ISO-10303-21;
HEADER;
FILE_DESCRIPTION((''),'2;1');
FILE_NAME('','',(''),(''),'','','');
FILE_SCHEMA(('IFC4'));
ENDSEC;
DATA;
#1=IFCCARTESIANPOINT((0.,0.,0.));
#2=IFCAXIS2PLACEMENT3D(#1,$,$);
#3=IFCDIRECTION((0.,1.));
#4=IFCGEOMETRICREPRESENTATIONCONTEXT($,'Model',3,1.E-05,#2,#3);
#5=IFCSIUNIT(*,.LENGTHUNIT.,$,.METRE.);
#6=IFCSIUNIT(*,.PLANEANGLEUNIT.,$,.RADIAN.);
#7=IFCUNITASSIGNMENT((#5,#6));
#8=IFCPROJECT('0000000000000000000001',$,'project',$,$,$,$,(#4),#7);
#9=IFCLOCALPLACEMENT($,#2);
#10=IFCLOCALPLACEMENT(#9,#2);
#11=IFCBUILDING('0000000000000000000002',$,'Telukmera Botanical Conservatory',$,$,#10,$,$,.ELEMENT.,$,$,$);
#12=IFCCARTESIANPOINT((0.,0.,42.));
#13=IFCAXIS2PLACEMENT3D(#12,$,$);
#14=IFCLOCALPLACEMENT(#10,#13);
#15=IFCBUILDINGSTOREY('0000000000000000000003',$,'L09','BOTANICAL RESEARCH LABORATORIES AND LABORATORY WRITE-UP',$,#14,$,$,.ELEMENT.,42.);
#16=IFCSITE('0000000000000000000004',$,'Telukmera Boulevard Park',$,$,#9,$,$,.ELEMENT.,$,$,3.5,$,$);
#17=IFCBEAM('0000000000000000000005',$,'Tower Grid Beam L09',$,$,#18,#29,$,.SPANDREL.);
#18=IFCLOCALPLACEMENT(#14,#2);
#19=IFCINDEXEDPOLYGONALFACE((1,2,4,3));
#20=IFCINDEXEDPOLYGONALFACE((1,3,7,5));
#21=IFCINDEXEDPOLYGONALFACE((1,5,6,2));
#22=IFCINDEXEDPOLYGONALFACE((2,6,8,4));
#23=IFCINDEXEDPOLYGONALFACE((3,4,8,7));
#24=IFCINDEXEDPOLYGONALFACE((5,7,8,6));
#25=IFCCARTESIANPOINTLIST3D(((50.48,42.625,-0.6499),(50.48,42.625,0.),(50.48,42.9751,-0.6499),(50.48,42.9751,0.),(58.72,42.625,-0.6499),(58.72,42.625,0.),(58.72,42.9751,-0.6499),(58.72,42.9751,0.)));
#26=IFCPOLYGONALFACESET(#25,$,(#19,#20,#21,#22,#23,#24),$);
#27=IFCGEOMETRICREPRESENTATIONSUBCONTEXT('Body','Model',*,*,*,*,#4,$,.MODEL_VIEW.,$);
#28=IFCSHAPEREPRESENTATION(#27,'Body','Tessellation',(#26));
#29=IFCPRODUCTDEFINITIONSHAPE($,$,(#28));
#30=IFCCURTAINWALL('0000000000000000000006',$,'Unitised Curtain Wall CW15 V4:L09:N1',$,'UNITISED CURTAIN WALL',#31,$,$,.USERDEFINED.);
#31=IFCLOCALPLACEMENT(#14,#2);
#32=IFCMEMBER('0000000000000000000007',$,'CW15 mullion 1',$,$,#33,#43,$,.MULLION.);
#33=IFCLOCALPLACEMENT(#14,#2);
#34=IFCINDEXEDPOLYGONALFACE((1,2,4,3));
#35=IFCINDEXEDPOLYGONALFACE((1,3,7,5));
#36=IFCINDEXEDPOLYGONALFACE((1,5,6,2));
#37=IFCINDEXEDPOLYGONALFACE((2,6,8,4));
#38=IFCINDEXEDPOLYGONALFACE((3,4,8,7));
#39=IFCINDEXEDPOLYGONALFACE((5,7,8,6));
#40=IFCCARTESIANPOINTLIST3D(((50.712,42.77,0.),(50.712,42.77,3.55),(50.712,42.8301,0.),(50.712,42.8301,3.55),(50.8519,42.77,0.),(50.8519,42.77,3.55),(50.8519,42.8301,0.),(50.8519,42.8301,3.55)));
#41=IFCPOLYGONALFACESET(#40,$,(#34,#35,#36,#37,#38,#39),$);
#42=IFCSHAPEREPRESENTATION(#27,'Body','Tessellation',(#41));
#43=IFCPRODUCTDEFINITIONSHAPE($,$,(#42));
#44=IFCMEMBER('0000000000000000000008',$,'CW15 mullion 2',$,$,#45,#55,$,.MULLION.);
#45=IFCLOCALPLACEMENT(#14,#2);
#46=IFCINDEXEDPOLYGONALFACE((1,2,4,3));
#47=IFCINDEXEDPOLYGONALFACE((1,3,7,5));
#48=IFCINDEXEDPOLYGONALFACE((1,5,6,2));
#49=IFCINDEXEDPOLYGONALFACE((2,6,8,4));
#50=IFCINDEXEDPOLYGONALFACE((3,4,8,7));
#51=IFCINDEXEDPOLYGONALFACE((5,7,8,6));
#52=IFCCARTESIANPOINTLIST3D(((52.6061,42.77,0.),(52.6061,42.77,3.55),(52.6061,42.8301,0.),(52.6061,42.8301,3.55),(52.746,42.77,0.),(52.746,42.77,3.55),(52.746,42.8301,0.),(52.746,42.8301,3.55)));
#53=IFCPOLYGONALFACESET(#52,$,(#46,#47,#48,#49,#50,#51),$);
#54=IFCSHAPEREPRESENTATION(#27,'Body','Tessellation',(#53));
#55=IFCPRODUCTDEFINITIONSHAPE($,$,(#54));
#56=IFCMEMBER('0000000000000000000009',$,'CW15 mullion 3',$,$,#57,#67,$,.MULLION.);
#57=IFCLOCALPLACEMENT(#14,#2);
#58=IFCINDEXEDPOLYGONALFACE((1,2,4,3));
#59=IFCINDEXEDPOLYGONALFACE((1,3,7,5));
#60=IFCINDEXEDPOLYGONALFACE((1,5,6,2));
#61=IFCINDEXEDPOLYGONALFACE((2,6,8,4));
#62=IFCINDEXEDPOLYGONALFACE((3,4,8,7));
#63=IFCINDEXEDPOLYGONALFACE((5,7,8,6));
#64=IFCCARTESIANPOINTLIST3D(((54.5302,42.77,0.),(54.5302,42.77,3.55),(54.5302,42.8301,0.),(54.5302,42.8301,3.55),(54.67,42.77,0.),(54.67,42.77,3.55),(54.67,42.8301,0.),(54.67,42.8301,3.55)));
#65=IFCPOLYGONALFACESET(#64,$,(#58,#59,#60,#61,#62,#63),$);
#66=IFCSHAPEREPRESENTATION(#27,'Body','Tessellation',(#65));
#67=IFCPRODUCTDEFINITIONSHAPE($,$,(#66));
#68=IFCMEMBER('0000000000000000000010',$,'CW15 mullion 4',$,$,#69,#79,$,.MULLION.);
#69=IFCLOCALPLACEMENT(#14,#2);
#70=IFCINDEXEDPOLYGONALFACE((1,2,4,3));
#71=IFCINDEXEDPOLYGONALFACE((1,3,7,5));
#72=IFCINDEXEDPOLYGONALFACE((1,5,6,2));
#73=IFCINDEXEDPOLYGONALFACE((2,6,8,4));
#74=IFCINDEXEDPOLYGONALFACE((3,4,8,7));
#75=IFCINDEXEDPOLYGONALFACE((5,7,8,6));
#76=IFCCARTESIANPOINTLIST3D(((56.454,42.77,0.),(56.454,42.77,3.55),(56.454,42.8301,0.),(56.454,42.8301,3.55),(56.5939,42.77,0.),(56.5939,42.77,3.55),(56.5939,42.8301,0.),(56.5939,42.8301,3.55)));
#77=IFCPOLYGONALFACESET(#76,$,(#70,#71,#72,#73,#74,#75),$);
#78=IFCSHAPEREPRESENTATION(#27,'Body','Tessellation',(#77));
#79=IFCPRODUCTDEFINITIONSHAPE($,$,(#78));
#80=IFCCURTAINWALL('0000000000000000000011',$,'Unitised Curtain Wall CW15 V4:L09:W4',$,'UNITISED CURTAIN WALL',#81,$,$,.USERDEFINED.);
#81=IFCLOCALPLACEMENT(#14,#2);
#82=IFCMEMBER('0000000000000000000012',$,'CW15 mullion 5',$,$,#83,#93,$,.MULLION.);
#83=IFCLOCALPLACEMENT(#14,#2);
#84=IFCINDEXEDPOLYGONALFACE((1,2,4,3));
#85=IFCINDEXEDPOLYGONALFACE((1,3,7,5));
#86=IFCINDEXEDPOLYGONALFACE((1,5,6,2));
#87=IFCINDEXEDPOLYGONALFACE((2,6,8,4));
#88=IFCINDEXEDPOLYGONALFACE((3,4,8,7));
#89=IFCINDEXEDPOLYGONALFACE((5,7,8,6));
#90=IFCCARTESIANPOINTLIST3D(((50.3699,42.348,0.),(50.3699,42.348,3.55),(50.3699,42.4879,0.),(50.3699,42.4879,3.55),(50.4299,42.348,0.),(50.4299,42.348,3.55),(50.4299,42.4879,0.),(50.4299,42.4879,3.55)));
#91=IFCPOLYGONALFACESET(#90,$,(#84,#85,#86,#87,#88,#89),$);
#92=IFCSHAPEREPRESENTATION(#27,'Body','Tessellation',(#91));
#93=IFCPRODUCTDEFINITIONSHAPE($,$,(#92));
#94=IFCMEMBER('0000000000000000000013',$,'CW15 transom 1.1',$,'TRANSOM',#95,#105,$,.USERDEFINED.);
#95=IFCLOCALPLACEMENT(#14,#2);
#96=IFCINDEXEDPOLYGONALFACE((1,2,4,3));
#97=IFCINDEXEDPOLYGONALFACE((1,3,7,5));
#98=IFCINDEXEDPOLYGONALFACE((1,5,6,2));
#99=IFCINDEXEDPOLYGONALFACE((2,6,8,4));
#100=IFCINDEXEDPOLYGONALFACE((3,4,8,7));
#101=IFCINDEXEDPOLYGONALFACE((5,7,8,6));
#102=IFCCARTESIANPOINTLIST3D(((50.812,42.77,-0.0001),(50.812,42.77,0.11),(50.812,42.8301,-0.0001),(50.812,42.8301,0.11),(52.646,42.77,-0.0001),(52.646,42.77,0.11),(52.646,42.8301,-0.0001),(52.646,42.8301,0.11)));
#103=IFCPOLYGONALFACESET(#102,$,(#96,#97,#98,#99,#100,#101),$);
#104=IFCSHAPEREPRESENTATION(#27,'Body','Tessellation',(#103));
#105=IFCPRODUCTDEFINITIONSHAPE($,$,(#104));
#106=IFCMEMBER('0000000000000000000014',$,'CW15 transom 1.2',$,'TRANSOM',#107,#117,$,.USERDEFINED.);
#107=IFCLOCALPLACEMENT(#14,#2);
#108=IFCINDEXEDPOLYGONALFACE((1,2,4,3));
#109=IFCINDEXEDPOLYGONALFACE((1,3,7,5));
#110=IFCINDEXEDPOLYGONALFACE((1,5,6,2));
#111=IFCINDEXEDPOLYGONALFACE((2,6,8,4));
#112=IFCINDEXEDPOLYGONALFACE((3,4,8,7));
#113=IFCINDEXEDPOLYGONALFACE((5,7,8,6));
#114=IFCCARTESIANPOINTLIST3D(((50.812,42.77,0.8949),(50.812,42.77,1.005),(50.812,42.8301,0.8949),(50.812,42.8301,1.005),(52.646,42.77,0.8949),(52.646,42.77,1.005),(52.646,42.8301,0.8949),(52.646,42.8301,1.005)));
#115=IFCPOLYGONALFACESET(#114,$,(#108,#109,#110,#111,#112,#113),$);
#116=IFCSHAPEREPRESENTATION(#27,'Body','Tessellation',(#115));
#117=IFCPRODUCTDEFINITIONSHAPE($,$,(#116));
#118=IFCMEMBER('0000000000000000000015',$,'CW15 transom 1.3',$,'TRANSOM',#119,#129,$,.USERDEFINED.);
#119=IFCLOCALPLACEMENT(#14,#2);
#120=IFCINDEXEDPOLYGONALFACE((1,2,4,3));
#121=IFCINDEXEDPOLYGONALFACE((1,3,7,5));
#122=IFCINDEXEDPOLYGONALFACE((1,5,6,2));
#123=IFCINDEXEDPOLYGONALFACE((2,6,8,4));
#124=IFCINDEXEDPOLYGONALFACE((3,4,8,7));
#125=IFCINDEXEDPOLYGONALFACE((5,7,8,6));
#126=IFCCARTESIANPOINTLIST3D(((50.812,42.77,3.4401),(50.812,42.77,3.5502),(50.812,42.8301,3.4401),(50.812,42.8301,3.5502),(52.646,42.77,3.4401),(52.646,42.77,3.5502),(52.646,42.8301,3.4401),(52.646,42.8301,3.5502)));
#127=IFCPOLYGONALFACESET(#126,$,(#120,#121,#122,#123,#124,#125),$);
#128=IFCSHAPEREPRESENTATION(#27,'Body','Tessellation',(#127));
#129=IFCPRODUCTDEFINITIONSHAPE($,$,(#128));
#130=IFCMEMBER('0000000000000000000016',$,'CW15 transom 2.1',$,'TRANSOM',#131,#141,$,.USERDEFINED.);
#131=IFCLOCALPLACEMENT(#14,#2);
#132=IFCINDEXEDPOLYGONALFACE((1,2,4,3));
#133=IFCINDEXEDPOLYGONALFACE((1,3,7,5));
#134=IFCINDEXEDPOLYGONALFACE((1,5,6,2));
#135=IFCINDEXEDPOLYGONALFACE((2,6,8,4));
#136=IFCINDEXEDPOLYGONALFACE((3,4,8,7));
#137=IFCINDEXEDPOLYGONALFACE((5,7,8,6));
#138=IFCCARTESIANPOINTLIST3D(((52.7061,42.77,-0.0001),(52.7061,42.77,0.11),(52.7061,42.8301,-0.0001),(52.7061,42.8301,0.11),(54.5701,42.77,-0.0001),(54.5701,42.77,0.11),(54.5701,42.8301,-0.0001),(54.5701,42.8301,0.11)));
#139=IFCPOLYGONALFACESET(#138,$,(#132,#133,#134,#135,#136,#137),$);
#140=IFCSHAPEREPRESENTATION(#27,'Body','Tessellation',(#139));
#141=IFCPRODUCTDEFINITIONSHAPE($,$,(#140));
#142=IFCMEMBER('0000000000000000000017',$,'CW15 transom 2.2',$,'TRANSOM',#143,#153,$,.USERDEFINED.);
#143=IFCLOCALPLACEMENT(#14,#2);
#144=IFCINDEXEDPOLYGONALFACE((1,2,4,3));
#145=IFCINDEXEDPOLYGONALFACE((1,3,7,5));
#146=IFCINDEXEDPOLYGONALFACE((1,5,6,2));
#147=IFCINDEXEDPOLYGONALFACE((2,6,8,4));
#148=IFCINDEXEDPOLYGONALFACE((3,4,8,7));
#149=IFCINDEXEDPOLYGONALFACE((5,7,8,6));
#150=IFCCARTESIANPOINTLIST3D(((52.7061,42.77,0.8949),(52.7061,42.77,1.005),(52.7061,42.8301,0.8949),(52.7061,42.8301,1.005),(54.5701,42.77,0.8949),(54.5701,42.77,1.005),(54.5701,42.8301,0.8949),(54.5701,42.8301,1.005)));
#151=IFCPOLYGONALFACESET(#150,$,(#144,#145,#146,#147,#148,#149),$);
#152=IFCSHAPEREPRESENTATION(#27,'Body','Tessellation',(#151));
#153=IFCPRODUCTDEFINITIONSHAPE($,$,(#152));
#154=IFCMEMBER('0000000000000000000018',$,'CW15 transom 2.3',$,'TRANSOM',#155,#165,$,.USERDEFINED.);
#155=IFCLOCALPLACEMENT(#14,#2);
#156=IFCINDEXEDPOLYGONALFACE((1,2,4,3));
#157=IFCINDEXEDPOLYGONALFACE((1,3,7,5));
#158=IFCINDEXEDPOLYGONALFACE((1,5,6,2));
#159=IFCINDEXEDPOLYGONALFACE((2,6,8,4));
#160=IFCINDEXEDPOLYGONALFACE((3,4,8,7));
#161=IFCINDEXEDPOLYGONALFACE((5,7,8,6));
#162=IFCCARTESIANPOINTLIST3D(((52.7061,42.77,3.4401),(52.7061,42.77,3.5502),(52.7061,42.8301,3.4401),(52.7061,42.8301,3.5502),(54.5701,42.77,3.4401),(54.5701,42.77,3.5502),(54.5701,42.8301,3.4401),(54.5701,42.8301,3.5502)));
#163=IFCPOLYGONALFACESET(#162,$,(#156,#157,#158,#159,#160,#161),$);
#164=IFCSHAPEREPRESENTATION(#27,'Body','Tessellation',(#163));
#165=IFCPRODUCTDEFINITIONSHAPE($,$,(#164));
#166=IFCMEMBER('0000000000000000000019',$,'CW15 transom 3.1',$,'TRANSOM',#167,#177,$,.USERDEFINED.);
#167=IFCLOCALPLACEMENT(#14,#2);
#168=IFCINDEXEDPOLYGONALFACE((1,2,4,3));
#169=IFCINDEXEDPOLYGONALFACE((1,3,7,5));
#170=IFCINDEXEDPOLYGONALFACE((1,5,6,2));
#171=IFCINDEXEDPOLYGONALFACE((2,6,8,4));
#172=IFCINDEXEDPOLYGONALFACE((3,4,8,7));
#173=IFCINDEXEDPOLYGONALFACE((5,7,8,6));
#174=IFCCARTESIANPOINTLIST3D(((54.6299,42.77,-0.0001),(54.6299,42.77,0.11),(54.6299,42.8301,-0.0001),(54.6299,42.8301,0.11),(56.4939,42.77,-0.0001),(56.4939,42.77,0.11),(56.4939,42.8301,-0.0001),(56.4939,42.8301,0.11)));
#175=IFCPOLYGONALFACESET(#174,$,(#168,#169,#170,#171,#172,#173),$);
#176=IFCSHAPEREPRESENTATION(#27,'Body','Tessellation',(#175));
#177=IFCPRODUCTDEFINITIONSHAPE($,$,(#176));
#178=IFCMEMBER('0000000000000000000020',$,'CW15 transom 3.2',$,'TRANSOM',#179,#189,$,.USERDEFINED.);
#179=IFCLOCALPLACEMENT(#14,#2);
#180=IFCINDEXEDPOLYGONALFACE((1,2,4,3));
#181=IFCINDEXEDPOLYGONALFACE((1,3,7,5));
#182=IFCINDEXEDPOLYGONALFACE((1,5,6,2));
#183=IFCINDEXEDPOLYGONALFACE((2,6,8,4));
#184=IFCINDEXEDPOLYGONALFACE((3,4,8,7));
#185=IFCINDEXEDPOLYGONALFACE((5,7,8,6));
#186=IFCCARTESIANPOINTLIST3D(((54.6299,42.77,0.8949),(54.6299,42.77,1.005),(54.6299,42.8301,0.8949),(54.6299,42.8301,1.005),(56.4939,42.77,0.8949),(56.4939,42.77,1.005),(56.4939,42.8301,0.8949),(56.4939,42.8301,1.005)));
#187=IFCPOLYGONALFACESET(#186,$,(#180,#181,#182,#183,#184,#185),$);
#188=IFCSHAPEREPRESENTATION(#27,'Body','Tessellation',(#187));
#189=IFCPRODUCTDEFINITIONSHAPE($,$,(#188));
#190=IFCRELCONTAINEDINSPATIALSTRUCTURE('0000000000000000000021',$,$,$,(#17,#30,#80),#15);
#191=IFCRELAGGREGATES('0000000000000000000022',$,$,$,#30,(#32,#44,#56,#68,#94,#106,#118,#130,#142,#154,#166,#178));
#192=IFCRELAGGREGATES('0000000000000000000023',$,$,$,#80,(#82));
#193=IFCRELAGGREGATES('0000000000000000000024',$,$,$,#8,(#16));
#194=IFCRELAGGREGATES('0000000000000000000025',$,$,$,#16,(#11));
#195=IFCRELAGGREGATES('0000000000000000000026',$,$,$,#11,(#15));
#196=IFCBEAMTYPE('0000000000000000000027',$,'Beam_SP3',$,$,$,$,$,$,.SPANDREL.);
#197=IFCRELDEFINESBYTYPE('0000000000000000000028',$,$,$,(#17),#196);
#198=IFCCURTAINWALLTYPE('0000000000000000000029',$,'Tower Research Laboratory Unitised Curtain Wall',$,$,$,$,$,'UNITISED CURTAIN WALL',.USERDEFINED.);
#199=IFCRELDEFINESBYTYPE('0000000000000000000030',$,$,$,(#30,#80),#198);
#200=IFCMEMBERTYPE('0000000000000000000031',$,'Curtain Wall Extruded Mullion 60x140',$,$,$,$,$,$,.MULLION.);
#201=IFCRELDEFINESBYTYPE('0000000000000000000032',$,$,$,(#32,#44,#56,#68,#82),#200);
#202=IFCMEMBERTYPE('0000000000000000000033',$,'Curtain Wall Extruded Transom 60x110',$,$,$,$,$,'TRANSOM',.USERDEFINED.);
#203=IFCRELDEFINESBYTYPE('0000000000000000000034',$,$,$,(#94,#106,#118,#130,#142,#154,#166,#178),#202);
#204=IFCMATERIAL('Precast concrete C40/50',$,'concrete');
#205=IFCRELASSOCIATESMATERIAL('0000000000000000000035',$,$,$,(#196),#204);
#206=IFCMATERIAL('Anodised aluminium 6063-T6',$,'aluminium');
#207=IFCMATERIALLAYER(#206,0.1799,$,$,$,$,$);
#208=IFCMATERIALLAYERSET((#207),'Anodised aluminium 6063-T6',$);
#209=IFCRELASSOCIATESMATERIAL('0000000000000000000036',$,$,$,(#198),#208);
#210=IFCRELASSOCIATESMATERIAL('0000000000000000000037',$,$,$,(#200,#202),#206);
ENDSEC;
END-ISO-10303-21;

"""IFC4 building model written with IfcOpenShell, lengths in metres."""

from ifc_helpers import new_model, si_unit, direction, frame, origin, origin_2d, place, context, subcontext, project, spatial, rectangle, extrude, material, layer, layer_set, material_profile, profile_set, type_object, element, aggregate, save


model = new_model("IFC4")

# Units and contexts
model_context = context("Model", 3, precision=1e-05, world=origin(), true_north=direction((0.0, 1.0)))
body_context = subcontext(model_context, "Body", "Model", "MODEL_VIEW")
ifc_project = project(units=[si_unit("LENGTHUNIT", "METRE"), si_unit("PLANEANGLEUNIT", "RADIAN")], contexts=[model_context])

# Site, building, storey
site_placement = place(None, origin())
site = spatial("IfcSite", under=ifc_project, at=site_placement, Name="Telukmera Boulevard Park", CompositionType="ELEMENT", RefElevation=3.5)
building_placement = place(site_placement, origin())
building = spatial("IfcBuilding", under=site, at=building_placement, Name="Telukmera Botanical Conservatory", CompositionType="ELEMENT")
storey_placement = place(building_placement, frame((0.0, 0.0, 42.0)))
storey = spatial("IfcBuildingStorey", under=building, at=storey_placement, Name="L09", Description="BOTANICAL RESEARCH LABORATORIES AND LABORATORY WRITE-UP", CompositionType="ELEMENT", Elevation=42.0)

# Beam
ifc_material_1 = material(Name="Precast concrete C40/50", Category="concrete")
ifc_material_profile_1 = material_profile(ifc_material_1, rectangle(XDim=0.3501, YDim=0.6499, at=origin_2d()), Name="PC 350x650")
ifc_profile_set_1 = profile_set([ifc_material_profile_1], Name="Precast concrete C40/50")
beam_type = type_object("IfcBeamType", Name="Beam_SP3", PredefinedType="SPANDREL", material=ifc_profile_set_1)
beam_placement = place(storey_placement, frame((50.48, 42.8, -0.325), z_axis=(1.0, 0.0, 0.0), x_axis=(0.0, 1.0, 0.0)))
element("IfcBeam", 1, at=beam_placement, inside=storey, type_object=beam_type, Name="Tower Grid Beam L09", PredefinedType="SPANDREL", context=body_context, shape_type="SweptSolid", body=[
    extrude(rectangle(XDim=0.3501, YDim=0.6499, at=origin_2d()), origin(), (0.0, 0.0, 1.0), 8.24),
])

# Curtain wall, members
ifc_material_2 = material(Name="Anodised aluminium 6063-T6", Category="aluminium")
ifc_layer_1 = layer(ifc_material_2, 0.1799)
ifc_layer_set_1 = layer_set([ifc_layer_1], Name="Anodised aluminium 6063-T6")
curtain_wall_type = type_object("IfcCurtainWallType", Name="Tower Research Laboratory Unitised Curtain Wall", ElementType="UNITISED CURTAIN WALL", PredefinedType="USERDEFINED", material=ifc_layer_set_1)
curtain_wall_1_placement = place(storey_placement, origin())
curtain_wall_1 = element("IfcCurtainWall", 2, at=curtain_wall_1_placement, inside=storey, type_object=curtain_wall_type, Name="Unitised Curtain Wall CW15 V4:L09:N1", ObjectType="UNITISED CURTAIN WALL", PredefinedType="USERDEFINED")
ifc_material_profile_2 = material_profile(ifc_material_2, rectangle(XDim=0.0601, YDim=0.1399, at=origin_2d()), Name="ALU MULL 60x140")
ifc_profile_set_2 = profile_set([ifc_material_profile_2], Name="Anodised aluminium 6063-T6")
member_type_1 = type_object("IfcMemberType", Name="Curtain Wall Extruded Mullion 60x140", PredefinedType="MULLION", material=ifc_profile_set_2)
member_1_placement = place(storey_placement, frame((50.782, 42.8, 0.0), z_axis=(0.0, 0.0, 1.0), x_axis=(0.0, 1.0, 0.0)))
member_1 = element("IfcMember", 3, at=member_1_placement, type_object=member_type_1, Name="CW15 mullion 1", PredefinedType="MULLION", context=body_context, shape_type="SweptSolid", body=[
    extrude(rectangle(XDim=0.0601, YDim=0.1399, at=origin_2d()), origin(), (0.0, 0.0, 1.0), 3.55),
])
member_2_placement = place(storey_placement, frame((52.676, 42.8, 0.0), z_axis=(0.0, 0.0, 1.0), x_axis=(0.0, 1.0, 0.0)))
member_2 = element("IfcMember", 4, at=member_2_placement, type_object=member_type_1, Name="CW15 mullion 2", PredefinedType="MULLION", context=body_context, shape_type="SweptSolid", body=[
    extrude(rectangle(XDim=0.0601, YDim=0.1399, at=origin_2d()), origin(), (0.0, 0.0, 1.0), 3.55),
])
member_3_placement = place(storey_placement, frame((54.6001, 42.8, 0.0), z_axis=(0.0, 0.0, 1.0), x_axis=(0.0, 1.0, 0.0)))
member_3 = element("IfcMember", 5, at=member_3_placement, type_object=member_type_1, Name="CW15 mullion 3", PredefinedType="MULLION", context=body_context, shape_type="SweptSolid", body=[
    extrude(rectangle(XDim=0.0601, YDim=0.1399, at=origin_2d()), origin(), (0.0, 0.0, 1.0), 3.55),
])
member_4_placement = place(storey_placement, frame((56.5239, 42.8, 0.0), z_axis=(0.0, 0.0, 1.0), x_axis=(0.0, 1.0, 0.0)))
member_4 = element("IfcMember", 6, at=member_4_placement, type_object=member_type_1, Name="CW15 mullion 4", PredefinedType="MULLION", context=body_context, shape_type="SweptSolid", body=[
    extrude(rectangle(XDim=0.0601, YDim=0.1399, at=origin_2d()), origin(), (0.0, 0.0, 1.0), 3.55),
])

# Curtain wall, member
curtain_wall_2_placement = place(storey_placement, origin())
curtain_wall_2 = element("IfcCurtainWall", 7, at=curtain_wall_2_placement, inside=storey, type_object=curtain_wall_type, Name="Unitised Curtain Wall CW15 V4:L09:W4", ObjectType="UNITISED CURTAIN WALL", PredefinedType="USERDEFINED")
member_5_placement = place(storey_placement, frame((50.3999, 42.418, 0.0), z_axis=(0.0, 0.0, 1.0), x_axis=(-1.0, 0.0, 0.0)))
member_5 = element("IfcMember", 8, at=member_5_placement, type_object=member_type_1, Name="CW15 mullion 5", PredefinedType="MULLION", context=body_context, shape_type="SweptSolid", body=[
    extrude(rectangle(XDim=0.0601, YDim=0.1399, at=origin_2d()), origin(), (0.0, 0.0, 1.0), 3.55),
])

# Members
ifc_material_profile_3 = material_profile(ifc_material_2, rectangle(XDim=0.0601, YDim=0.1101, at=origin_2d()), Name="ALU TRAN 60x110")
ifc_profile_set_3 = profile_set([ifc_material_profile_3], Name="Anodised aluminium 6063-T6")
member_type_2 = type_object("IfcMemberType", Name="Curtain Wall Extruded Transom 60x110", ElementType="TRANSOM", PredefinedType="USERDEFINED", material=ifc_profile_set_3)
member_6_placement = place(storey_placement, frame((50.812, 42.8, 0.0549), z_axis=(1.0, 0.0, 0.0), x_axis=(0.0, 1.0, 0.0)))
member_6 = element("IfcMember", 9, at=member_6_placement, type_object=member_type_2, Name="CW15 transom 1.1", ObjectType="TRANSOM", PredefinedType="USERDEFINED", context=body_context, shape_type="SweptSolid", body=[
    extrude(rectangle(XDim=0.0601, YDim=0.1101, at=origin_2d()), origin(), (0.0, 0.0, 1.0), 1.834),
])
member_7_placement = place(storey_placement, frame((50.812, 42.8, 0.95), z_axis=(1.0, 0.0, 0.0), x_axis=(0.0, 1.0, 0.0)))
member_7 = element("IfcMember", 10, at=member_7_placement, type_object=member_type_2, Name="CW15 transom 1.2", ObjectType="TRANSOM", PredefinedType="USERDEFINED", context=body_context, shape_type="SweptSolid", body=[
    extrude(rectangle(XDim=0.0601, YDim=0.1101, at=origin_2d()), origin(), (0.0, 0.0, 1.0), 1.834),
])
member_8_placement = place(storey_placement, frame((50.812, 42.8, 3.4951), z_axis=(1.0, 0.0, 0.0), x_axis=(0.0, 1.0, 0.0)))
member_8 = element("IfcMember", 11, at=member_8_placement, type_object=member_type_2, Name="CW15 transom 1.3", ObjectType="TRANSOM", PredefinedType="USERDEFINED", context=body_context, shape_type="SweptSolid", body=[
    extrude(rectangle(XDim=0.0601, YDim=0.1101, at=origin_2d()), origin(), (0.0, 0.0, 1.0), 1.834),
])
member_9_placement = place(storey_placement, frame((52.7061, 42.8, 0.0549), z_axis=(1.0, 0.0, 0.0), x_axis=(0.0, 1.0, 0.0)))
member_9 = element("IfcMember", 12, at=member_9_placement, type_object=member_type_2, Name="CW15 transom 2.1", ObjectType="TRANSOM", PredefinedType="USERDEFINED", context=body_context, shape_type="SweptSolid", body=[
    extrude(rectangle(XDim=0.0601, YDim=0.1101, at=origin_2d()), origin(), (0.0, 0.0, 1.0), 1.864),
])
member_10_placement = place(storey_placement, frame((52.7061, 42.8, 0.95), z_axis=(1.0, 0.0, 0.0), x_axis=(0.0, 1.0, 0.0)))
member_10 = element("IfcMember", 13, at=member_10_placement, type_object=member_type_2, Name="CW15 transom 2.2", ObjectType="TRANSOM", PredefinedType="USERDEFINED", context=body_context, shape_type="SweptSolid", body=[
    extrude(rectangle(XDim=0.0601, YDim=0.1101, at=origin_2d()), origin(), (0.0, 0.0, 1.0), 1.864),
])
member_11_placement = place(storey_placement, frame((52.7061, 42.8, 3.4951), z_axis=(1.0, 0.0, 0.0), x_axis=(0.0, 1.0, 0.0)))
member_11 = element("IfcMember", 14, at=member_11_placement, type_object=member_type_2, Name="CW15 transom 2.3", ObjectType="TRANSOM", PredefinedType="USERDEFINED", context=body_context, shape_type="SweptSolid", body=[
    extrude(rectangle(XDim=0.0601, YDim=0.1101, at=origin_2d()), origin(), (0.0, 0.0, 1.0), 1.864),
])
member_12_placement = place(storey_placement, frame((54.6299, 42.8, 0.0549), z_axis=(1.0, 0.0, 0.0), x_axis=(0.0, 1.0, 0.0)))
member_12 = element("IfcMember", 15, at=member_12_placement, type_object=member_type_2, Name="CW15 transom 3.1", ObjectType="TRANSOM", PredefinedType="USERDEFINED", context=body_context, shape_type="SweptSolid", body=[
    extrude(rectangle(XDim=0.0601, YDim=0.1101, at=origin_2d()), origin(), (0.0, 0.0, 1.0), 1.864),
])
member_13_placement = place(storey_placement, frame((54.6299, 42.8, 0.95), z_axis=(1.0, 0.0, 0.0), x_axis=(0.0, 1.0, 0.0)))
member_13 = element("IfcMember", 16, at=member_13_placement, type_object=member_type_2, Name="CW15 transom 3.2", ObjectType="TRANSOM", PredefinedType="USERDEFINED", context=body_context, shape_type="SweptSolid", body=[
    extrude(rectangle(XDim=0.0601, YDim=0.1101, at=origin_2d()), origin(), (0.0, 0.0, 1.0), 1.864),
])

aggregate(curtain_wall_1, [member_1, member_2, member_3, member_4, member_6, member_7, member_8, member_9, member_10, member_11, member_12, member_13])
aggregate(curtain_wall_2, [member_5])

save(model, "model.ifc")
